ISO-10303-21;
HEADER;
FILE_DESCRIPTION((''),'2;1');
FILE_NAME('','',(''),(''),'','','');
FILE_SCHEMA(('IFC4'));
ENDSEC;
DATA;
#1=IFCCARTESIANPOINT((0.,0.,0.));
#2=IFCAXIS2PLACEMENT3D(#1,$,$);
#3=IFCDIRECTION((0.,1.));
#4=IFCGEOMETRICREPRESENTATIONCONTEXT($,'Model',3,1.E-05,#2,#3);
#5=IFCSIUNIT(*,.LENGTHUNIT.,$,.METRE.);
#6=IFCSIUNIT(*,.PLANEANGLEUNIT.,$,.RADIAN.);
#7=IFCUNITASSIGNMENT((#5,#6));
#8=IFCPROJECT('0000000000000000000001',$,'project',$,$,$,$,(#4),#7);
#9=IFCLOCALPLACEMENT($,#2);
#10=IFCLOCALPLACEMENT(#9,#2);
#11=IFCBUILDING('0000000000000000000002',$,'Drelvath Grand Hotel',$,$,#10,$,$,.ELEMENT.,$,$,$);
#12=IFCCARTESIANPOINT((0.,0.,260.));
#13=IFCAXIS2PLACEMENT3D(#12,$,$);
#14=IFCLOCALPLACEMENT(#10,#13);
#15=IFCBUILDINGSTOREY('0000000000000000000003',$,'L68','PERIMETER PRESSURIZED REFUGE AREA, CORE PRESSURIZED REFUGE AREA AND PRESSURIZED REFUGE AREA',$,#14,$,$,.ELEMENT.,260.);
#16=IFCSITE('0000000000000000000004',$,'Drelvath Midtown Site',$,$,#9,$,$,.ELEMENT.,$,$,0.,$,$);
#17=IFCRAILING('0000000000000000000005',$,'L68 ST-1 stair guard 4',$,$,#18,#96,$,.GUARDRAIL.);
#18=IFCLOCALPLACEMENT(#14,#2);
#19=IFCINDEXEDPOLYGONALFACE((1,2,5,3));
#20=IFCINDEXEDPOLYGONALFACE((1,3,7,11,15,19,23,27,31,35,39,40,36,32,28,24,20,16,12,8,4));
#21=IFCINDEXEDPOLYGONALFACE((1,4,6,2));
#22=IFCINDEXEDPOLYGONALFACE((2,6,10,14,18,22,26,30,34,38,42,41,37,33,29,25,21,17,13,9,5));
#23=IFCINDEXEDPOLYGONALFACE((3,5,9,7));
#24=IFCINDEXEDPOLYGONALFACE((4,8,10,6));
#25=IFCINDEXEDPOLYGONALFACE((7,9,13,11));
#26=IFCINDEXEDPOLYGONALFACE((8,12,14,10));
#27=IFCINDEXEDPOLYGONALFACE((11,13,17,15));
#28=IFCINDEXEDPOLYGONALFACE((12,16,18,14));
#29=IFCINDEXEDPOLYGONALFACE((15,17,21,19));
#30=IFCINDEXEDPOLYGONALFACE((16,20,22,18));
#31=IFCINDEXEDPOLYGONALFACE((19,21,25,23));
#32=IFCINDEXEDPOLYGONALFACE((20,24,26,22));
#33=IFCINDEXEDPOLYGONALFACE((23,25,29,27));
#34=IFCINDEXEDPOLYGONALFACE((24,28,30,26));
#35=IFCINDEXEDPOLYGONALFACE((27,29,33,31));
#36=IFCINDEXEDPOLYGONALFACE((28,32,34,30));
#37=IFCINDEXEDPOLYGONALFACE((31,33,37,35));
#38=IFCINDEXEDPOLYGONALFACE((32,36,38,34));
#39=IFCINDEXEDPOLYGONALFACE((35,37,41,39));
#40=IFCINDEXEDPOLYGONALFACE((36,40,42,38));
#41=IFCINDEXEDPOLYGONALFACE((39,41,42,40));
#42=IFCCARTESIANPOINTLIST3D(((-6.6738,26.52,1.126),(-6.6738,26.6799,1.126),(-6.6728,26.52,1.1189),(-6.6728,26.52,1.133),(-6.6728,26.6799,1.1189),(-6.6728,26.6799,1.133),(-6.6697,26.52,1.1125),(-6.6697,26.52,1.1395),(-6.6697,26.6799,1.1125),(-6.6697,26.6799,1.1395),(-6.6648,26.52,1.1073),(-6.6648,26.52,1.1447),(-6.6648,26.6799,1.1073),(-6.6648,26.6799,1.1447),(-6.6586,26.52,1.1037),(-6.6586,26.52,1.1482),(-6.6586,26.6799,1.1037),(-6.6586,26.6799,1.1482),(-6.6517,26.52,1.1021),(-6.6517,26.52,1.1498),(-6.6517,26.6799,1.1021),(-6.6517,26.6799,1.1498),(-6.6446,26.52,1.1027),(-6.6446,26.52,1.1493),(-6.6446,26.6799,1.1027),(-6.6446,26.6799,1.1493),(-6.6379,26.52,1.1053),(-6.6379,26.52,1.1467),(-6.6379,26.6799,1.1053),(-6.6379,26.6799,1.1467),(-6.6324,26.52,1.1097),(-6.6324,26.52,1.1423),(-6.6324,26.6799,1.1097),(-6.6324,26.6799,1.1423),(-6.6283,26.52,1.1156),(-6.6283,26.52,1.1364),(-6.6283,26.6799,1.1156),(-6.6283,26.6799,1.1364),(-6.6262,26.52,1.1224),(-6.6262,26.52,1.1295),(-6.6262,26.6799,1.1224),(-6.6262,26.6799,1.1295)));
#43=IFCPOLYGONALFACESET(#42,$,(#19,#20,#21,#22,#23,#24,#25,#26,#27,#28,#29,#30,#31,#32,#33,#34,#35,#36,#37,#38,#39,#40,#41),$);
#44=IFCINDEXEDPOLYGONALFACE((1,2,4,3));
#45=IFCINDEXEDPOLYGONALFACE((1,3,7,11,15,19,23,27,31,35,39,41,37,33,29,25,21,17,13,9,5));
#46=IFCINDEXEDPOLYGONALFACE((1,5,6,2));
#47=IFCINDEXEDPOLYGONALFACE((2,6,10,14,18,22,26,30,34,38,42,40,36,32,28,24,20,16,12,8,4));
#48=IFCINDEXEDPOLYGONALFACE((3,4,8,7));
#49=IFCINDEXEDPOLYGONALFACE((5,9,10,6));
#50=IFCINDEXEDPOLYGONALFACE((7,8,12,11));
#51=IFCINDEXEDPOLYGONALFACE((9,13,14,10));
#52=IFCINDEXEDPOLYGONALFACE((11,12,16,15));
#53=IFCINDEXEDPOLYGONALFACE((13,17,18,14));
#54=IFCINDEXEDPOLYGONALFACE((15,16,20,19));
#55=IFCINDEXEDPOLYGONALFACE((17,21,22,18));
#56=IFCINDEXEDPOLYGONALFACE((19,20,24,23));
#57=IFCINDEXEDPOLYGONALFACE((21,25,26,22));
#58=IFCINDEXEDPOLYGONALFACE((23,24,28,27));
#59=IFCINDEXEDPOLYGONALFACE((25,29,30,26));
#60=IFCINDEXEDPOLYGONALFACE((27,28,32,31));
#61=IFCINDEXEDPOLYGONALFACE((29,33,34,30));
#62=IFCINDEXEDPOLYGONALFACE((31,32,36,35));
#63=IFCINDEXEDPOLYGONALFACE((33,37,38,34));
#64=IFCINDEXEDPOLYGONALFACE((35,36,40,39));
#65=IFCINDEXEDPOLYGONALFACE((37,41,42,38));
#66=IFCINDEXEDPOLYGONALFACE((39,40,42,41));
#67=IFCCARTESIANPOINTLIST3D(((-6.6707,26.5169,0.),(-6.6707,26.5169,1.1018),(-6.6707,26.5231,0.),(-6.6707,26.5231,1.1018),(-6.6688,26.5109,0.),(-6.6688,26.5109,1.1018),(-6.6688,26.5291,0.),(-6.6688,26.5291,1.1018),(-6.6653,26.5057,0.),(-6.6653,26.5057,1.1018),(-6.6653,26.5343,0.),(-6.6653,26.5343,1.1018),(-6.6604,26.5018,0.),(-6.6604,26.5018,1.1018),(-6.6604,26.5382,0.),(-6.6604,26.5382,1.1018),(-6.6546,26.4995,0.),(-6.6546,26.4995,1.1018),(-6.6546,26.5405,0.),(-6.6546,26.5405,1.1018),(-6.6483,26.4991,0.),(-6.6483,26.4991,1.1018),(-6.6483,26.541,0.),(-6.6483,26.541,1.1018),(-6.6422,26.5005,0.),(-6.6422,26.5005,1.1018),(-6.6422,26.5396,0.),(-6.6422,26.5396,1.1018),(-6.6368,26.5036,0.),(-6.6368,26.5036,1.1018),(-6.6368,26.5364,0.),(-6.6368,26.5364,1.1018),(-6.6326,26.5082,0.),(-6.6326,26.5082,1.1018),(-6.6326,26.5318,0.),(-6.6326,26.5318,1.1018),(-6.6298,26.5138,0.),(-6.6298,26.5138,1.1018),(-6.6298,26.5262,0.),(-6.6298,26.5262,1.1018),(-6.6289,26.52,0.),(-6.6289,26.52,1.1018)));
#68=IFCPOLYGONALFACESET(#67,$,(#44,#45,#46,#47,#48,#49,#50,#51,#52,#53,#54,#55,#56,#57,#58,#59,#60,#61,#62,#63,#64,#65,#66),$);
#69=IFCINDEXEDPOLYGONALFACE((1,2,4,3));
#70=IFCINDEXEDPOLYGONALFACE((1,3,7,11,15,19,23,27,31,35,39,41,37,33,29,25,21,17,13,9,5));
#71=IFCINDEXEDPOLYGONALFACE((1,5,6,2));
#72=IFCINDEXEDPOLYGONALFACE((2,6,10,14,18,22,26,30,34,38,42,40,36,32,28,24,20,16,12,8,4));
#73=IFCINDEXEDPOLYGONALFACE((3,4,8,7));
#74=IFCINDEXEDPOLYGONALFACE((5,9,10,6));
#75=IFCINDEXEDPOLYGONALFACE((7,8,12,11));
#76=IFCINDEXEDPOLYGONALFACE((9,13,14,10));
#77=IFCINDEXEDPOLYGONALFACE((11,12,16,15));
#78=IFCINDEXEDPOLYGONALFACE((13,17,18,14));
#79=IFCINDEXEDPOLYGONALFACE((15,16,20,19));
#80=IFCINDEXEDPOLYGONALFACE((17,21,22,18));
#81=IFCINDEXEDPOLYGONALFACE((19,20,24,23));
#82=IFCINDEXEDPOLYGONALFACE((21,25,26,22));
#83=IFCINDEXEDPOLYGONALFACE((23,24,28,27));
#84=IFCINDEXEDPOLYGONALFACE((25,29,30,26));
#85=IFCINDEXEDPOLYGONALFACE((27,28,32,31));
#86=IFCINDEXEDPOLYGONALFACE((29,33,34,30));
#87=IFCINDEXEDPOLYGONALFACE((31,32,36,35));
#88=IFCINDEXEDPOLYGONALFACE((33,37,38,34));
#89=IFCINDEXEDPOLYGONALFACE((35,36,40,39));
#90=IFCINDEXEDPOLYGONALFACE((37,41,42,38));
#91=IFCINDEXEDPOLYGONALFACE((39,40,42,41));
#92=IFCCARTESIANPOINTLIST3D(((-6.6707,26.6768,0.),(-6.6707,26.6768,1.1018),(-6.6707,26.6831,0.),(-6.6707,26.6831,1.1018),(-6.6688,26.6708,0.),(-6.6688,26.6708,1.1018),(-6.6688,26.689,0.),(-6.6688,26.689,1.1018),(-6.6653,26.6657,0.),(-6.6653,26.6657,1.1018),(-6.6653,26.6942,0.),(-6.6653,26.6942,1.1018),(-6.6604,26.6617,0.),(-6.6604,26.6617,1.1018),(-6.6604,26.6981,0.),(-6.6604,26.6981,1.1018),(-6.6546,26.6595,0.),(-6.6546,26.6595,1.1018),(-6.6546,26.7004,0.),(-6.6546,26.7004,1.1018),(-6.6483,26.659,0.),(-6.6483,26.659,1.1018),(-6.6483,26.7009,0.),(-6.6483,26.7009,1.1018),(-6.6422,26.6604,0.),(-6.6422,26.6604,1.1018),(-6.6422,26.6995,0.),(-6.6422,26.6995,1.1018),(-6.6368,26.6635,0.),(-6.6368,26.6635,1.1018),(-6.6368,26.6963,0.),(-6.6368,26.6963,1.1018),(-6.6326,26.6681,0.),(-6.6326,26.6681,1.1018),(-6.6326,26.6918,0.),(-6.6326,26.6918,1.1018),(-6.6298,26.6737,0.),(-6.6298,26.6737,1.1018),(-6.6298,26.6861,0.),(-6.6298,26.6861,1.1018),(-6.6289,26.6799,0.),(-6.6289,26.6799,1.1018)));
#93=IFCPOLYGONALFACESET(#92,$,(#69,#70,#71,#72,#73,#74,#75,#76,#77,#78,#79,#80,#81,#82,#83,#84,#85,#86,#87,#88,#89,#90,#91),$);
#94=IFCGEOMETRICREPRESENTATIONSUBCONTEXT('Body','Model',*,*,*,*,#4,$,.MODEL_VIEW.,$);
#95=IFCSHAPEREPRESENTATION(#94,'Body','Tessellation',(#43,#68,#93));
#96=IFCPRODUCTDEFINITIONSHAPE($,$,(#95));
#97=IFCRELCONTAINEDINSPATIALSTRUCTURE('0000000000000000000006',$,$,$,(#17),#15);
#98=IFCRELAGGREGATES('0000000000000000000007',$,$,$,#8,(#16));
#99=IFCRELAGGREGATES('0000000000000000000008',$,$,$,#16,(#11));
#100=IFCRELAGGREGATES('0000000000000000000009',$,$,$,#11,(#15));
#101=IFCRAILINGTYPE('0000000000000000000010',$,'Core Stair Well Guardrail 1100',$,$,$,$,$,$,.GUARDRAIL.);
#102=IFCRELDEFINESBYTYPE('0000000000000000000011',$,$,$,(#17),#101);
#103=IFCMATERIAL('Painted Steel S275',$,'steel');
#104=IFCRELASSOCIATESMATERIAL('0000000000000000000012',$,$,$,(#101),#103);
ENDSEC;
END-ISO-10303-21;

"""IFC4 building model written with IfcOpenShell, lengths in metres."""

from ifc_helpers import new_model, si_unit, direction, frame, origin, origin_2d, place, context, subcontext, project, spatial, circle, extrude, material, type_object, element, save


model = new_model("IFC4")

# Units and contexts
model_context = context("Model", 3, precision=1e-05, world=origin(), true_north=direction((0.0, 1.0)))
body_context = subcontext(model_context, "Body", "Model", "MODEL_VIEW")
ifc_project = project(units=[si_unit("LENGTHUNIT", "METRE"), si_unit("PLANEANGLEUNIT", "RADIAN")], contexts=[model_context])

# Site, building, storey
site_placement = place(None, origin())
site = spatial("IfcSite", under=ifc_project, at=site_placement, Name="Drelvath Midtown Site", CompositionType="ELEMENT", RefElevation=0.0)
building_placement = place(site_placement, origin())
building = spatial("IfcBuilding", under=site, at=building_placement, Name="Drelvath Grand Hotel", CompositionType="ELEMENT")
storey_placement = place(building_placement, frame((0.0, 0.0, 260.0)))
storey = spatial("IfcBuildingStorey", under=building, at=storey_placement, Name="L68", Description="PERIMETER PRESSURIZED REFUGE AREA, CORE PRESSURIZED REFUGE AREA AND PRESSURIZED REFUGE AREA", CompositionType="ELEMENT", Elevation=260.0)

# Shared definitions
ifc_material_1 = material(Name="Painted Steel S275", Category="steel")

# Railing
railing_type_1 = type_object("IfcRailingType", Name="Core Stair Well Guardrail 1100", PredefinedType="GUARDRAIL", material=ifc_material_1)
railing_1_placement = place(storey_placement, frame((-6.6499, 26.52, 0.0)))
element("IfcRailing", 1, at=railing_1_placement, inside=storey, type_object=railing_type_1, Name="L68 ST-1 stair guard 4", PredefinedType="GUARDRAIL", context=body_context, shape_type="SweptSolid", body=[
    extrude(circle(Radius=0.0239, at=origin_2d()), frame((0.0, 0.0, 1.126), z_axis=(0.0, 1.0, 0.0), x_axis=(-1.0, 0.0, 0.0)), (0.0, 0.0, 1.0), 0.1599),
    extrude(circle(Radius=0.021, at=origin_2d()), origin(), (0.0, 0.0, 1.0), 1.1018),
    extrude(circle(Radius=0.021, at=origin_2d()), frame((0.0, 0.1599, 0.0)), (0.0, 0.0, 1.0), 1.1018),
])

save(model, "model.ifc")
